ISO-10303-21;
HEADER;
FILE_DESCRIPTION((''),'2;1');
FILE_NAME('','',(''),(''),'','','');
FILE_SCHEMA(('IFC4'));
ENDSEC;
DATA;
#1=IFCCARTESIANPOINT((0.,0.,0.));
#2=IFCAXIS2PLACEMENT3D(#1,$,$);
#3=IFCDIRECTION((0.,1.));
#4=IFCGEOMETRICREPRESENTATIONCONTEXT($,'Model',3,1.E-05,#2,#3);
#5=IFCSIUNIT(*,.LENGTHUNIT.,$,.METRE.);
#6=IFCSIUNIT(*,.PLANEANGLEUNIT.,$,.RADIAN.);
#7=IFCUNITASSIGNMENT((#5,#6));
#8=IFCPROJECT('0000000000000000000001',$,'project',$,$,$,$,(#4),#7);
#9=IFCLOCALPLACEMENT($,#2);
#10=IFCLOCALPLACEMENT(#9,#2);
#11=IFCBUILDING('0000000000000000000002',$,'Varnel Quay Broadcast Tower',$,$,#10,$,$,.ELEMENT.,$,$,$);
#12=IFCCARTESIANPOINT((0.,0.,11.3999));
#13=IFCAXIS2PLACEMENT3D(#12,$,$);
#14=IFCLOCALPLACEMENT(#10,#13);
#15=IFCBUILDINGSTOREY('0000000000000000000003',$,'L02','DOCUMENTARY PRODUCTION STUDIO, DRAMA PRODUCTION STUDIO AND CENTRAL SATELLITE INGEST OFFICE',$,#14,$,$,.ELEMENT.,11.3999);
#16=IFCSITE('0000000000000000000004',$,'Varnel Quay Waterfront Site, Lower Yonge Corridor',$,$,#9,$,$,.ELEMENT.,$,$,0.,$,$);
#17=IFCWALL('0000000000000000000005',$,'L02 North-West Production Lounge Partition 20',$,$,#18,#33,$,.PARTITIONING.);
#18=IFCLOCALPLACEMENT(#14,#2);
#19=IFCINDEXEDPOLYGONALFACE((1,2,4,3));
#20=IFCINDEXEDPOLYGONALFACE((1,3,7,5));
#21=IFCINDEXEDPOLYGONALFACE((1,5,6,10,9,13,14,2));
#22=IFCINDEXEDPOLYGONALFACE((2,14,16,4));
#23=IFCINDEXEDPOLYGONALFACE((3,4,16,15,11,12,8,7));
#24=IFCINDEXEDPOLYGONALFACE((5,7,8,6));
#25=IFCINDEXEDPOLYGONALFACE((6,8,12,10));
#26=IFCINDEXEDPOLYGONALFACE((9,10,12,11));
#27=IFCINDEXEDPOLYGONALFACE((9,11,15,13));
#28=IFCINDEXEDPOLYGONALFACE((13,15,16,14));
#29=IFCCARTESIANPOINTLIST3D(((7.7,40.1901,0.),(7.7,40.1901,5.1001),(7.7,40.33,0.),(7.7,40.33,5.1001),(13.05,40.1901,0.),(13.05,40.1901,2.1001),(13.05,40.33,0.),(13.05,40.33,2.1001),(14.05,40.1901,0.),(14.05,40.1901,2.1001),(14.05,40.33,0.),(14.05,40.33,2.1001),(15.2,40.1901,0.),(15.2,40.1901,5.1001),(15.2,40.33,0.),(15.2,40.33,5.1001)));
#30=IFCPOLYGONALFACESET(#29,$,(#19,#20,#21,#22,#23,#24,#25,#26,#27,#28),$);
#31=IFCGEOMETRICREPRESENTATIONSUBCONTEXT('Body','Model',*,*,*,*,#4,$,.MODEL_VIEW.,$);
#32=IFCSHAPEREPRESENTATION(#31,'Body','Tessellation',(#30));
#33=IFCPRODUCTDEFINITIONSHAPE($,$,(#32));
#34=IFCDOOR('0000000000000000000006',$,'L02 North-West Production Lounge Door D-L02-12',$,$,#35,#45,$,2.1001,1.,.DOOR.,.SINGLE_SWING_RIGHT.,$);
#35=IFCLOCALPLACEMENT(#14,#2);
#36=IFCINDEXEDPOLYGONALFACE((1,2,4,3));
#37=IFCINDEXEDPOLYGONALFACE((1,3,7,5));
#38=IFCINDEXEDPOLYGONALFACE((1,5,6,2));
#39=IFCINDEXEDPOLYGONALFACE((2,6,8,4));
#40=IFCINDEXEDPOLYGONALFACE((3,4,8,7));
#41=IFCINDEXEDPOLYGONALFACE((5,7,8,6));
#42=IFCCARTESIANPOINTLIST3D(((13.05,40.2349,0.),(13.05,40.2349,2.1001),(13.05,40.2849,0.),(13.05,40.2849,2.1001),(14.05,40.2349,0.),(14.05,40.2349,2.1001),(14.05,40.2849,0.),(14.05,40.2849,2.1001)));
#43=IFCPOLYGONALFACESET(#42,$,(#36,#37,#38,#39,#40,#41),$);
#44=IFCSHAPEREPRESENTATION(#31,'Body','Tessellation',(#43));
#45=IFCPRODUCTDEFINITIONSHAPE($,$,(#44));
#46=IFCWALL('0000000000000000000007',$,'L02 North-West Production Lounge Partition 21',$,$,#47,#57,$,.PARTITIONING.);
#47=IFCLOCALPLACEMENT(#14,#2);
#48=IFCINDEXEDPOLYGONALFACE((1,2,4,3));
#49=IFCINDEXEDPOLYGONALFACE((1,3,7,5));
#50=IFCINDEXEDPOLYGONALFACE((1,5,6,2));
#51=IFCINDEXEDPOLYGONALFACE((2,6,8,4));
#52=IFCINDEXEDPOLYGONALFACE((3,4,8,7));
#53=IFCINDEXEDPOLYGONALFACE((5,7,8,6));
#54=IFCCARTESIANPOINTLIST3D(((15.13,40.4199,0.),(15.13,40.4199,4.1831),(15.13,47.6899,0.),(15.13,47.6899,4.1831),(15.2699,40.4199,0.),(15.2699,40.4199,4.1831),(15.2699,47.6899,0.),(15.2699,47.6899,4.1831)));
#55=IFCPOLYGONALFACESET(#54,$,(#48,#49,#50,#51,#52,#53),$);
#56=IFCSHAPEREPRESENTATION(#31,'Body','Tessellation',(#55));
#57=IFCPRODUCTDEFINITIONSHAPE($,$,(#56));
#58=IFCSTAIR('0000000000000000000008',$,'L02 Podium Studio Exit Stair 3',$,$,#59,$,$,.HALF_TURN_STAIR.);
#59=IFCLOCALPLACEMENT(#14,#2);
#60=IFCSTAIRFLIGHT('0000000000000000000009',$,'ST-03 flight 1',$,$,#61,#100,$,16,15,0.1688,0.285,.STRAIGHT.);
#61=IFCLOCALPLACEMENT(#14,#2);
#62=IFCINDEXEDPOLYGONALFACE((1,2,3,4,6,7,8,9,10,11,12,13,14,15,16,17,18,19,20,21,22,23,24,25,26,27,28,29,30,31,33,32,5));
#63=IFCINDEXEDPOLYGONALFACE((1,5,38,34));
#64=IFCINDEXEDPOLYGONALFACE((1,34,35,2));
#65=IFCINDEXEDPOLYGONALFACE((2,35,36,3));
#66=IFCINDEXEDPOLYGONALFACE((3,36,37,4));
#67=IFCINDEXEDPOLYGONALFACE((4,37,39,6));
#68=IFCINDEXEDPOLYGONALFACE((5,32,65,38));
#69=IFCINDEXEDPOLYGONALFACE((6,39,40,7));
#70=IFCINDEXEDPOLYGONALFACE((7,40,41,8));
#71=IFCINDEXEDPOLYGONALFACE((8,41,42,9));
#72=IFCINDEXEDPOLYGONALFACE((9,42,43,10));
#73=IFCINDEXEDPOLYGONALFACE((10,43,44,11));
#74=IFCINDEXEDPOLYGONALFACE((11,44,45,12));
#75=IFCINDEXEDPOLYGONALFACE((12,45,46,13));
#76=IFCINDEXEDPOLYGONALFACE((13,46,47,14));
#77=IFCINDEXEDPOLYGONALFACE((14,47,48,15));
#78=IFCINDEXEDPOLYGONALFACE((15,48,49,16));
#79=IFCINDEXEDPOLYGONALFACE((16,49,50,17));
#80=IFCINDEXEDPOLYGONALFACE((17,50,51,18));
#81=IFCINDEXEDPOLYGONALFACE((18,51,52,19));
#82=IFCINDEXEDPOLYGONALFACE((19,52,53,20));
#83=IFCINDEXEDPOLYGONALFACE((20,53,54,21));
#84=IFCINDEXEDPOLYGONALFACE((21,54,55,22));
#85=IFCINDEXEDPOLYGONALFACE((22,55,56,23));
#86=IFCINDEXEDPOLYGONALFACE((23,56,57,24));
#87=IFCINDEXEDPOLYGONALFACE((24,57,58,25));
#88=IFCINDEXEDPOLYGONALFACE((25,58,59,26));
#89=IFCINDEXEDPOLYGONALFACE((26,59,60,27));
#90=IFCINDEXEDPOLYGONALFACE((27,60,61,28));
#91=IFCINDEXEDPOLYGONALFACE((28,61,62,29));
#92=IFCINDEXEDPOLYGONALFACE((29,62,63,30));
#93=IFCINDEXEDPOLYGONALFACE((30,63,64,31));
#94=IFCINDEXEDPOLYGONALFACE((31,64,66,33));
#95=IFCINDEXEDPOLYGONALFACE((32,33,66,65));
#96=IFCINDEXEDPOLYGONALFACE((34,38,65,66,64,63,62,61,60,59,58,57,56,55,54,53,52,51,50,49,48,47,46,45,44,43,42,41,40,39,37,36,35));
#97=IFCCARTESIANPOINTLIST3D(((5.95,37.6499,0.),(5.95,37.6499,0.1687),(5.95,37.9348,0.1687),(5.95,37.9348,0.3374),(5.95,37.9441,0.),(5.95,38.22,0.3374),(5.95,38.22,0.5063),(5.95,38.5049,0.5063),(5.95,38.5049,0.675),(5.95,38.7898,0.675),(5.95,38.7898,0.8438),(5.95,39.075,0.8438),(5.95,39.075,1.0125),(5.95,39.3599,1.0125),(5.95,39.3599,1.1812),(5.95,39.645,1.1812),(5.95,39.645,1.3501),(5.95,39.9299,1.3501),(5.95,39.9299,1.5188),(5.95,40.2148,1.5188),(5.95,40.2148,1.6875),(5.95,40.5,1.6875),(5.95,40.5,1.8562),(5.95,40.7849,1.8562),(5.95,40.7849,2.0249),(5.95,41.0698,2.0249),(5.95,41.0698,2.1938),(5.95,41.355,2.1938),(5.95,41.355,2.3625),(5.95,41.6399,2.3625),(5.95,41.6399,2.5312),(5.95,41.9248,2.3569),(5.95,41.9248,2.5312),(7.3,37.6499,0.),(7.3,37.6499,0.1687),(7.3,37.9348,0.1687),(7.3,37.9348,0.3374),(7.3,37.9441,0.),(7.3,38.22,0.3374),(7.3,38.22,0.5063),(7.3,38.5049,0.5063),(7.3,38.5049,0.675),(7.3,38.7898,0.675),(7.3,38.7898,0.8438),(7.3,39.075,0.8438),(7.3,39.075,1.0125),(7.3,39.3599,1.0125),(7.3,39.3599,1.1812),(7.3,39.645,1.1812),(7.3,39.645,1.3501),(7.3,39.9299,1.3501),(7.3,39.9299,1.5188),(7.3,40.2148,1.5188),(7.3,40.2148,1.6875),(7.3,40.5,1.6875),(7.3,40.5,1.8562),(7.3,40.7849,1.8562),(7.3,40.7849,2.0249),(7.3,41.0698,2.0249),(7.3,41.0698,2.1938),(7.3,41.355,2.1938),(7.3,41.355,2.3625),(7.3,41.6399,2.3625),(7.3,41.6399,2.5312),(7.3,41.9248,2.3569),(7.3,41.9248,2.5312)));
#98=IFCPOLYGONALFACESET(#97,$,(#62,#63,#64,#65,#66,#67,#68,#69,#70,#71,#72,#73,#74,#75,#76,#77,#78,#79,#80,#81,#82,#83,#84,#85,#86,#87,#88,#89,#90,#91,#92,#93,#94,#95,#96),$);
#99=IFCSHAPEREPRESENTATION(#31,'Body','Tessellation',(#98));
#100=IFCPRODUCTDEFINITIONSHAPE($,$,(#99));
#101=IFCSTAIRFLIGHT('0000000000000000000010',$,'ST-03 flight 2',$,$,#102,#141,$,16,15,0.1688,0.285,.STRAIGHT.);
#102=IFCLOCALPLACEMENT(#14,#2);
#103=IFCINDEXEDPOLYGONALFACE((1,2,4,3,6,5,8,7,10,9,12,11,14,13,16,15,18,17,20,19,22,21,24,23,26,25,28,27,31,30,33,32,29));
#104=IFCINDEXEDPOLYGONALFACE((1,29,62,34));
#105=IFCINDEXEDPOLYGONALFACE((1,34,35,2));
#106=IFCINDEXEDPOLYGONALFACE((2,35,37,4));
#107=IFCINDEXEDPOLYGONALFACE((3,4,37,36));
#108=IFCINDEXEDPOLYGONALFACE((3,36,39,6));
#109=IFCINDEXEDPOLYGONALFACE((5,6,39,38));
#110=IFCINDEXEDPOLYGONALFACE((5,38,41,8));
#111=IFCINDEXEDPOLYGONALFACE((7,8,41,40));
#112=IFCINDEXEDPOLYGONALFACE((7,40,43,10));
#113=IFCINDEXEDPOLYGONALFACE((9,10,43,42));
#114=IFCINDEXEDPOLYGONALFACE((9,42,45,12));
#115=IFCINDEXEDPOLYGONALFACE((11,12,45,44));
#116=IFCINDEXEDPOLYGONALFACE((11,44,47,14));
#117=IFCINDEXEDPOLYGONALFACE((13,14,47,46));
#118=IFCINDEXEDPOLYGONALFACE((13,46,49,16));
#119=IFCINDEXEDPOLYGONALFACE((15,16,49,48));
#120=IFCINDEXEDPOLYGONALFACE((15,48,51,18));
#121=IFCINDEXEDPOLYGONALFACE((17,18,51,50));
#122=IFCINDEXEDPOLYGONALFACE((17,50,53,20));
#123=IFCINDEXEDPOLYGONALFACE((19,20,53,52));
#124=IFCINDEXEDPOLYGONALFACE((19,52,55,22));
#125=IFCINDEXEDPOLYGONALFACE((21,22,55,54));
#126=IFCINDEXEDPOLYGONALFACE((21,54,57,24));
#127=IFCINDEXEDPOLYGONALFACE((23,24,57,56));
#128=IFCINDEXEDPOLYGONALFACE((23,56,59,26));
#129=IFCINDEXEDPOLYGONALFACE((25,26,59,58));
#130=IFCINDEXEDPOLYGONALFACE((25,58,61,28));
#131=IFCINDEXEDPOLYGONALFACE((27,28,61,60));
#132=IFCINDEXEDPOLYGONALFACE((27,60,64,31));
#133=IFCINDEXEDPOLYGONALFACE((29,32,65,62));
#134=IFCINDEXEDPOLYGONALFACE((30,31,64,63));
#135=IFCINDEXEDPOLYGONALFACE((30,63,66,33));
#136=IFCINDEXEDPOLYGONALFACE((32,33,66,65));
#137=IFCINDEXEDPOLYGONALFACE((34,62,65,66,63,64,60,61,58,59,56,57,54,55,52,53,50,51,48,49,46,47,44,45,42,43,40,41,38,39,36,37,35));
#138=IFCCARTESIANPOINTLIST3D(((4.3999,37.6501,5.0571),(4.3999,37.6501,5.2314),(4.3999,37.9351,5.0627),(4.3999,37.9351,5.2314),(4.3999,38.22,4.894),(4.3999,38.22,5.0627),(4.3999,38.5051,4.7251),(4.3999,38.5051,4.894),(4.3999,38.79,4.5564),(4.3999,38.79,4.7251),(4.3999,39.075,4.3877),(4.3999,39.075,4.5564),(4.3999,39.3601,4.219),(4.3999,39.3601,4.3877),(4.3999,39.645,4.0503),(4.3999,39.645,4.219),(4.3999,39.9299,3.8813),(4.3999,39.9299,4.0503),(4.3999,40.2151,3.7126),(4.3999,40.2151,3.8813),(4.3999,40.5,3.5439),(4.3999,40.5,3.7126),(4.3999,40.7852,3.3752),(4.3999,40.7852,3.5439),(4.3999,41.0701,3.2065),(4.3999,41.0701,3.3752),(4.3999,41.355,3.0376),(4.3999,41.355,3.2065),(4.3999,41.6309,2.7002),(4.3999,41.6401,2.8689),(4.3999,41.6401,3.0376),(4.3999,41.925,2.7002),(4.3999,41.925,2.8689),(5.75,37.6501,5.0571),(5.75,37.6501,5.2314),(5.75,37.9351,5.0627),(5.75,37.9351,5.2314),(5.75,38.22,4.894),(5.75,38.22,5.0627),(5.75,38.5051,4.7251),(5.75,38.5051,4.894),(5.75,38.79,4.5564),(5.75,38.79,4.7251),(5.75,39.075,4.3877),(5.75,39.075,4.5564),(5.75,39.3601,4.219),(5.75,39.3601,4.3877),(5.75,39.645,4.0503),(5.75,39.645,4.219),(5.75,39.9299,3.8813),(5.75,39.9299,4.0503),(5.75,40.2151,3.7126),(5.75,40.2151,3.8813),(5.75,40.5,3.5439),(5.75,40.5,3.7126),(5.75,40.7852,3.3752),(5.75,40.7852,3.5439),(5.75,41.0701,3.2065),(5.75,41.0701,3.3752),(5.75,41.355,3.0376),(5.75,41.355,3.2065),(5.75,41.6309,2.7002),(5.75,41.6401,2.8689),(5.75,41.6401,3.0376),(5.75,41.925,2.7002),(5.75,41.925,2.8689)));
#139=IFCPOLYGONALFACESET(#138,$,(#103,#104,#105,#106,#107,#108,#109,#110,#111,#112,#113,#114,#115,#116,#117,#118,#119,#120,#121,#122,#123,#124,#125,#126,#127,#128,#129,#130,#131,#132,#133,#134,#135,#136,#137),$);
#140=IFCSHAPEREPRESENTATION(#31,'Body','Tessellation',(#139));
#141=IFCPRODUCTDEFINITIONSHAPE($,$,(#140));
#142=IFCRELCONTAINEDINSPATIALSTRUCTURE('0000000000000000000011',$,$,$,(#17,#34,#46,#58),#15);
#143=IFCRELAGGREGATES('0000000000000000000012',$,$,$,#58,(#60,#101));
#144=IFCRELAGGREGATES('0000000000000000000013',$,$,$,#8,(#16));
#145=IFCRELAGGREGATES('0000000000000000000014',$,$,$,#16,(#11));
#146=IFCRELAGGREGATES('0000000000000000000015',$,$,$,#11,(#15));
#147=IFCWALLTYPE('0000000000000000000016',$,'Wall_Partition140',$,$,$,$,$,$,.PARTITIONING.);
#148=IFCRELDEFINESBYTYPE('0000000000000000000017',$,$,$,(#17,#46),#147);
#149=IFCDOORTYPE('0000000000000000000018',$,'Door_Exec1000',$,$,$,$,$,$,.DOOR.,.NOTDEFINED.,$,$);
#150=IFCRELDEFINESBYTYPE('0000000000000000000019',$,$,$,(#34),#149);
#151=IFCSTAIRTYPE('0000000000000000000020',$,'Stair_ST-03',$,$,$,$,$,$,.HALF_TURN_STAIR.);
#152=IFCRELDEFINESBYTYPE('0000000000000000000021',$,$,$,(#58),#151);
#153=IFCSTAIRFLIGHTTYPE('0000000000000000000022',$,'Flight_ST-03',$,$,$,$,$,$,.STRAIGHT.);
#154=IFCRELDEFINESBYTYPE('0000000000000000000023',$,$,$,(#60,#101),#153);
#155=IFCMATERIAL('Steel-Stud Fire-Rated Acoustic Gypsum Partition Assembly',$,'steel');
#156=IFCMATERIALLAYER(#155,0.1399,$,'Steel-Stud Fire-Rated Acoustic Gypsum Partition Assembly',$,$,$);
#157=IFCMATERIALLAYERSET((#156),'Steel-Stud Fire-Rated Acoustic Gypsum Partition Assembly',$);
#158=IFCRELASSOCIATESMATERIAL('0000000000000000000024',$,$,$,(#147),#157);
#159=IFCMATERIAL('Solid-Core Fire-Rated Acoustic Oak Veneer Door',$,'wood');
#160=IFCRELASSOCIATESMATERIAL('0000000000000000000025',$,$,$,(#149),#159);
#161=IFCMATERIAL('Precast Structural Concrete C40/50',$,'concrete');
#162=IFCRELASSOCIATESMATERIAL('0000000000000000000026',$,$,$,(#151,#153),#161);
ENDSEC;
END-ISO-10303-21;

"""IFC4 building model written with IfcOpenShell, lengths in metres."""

from ifc_helpers import new_model, si_unit, direction, frame, frame_2d, origin, place, context, subcontext, project, spatial, polyline, rectangle, outline, extrude, source, transform, mapped, material, layer, layer_set, type_object, type_shapes, element, fill, aggregate, save


model = new_model("IFC4")

# Units and contexts
model_context = context("Model", 3, precision=1e-05, world=origin(), true_north=direction((0.0, 1.0)))
body_context = subcontext(model_context, "Body", "Model", "MODEL_VIEW")
ifc_project = project(units=[si_unit("LENGTHUNIT", "METRE"), si_unit("PLANEANGLEUNIT", "RADIAN")], contexts=[model_context])

# Site, building, storey
site_placement = place(None, origin())
site = spatial("IfcSite", under=ifc_project, at=site_placement, Name="Varnel Quay Waterfront Site, Lower Yonge Corridor", CompositionType="ELEMENT", RefElevation=0.0)
building_placement = place(site_placement, origin())
building = spatial("IfcBuilding", under=site, at=building_placement, Name="Varnel Quay Broadcast Tower", CompositionType="ELEMENT")
storey_placement = place(building_placement, frame((0.0, 0.0, 11.3999)))
storey = spatial("IfcBuildingStorey", under=building, at=storey_placement, Name="L02", Description="DOCUMENTARY PRODUCTION STUDIO, DRAMA PRODUCTION STUDIO AND CENTRAL SATELLITE INGEST OFFICE", CompositionType="ELEMENT", Elevation=11.3999)

# Wall, opening, door
ifc_material_1 = material(Name="Steel-Stud Fire-Rated Acoustic Gypsum Partition Assembly", Category="steel")
ifc_layer_1 = layer(ifc_material_1, 0.1399, Name="Steel-Stud Fire-Rated Acoustic Gypsum Partition Assembly")
ifc_layer_set_1 = layer_set([ifc_layer_1], Name="Steel-Stud Fire-Rated Acoustic Gypsum Partition Assembly")
wall_type_1 = type_object("IfcWallType", Name="Wall_Partition140", PredefinedType="PARTITIONING", material=ifc_layer_set_1)
wall_1_placement = place(storey_placement, frame((7.7, 40.26, 0.0), z_axis=(0.0, 0.0, 1.0), x_axis=(1.0, 0.0, 0.0)))
wall_1 = element("IfcWall", 1, at=wall_1_placement, inside=storey, type_object=wall_type_1, Name="L02 North-West Production Lounge Partition 20", PredefinedType="PARTITIONING", context=body_context, shape_type="SweptSolid", body=[
    extrude(rectangle(XDim=7.5, YDim=0.1399, at=frame_2d((3.75, 0.0))), origin(), (0.0, 0.0, 1.0), 5.1001),
])
opening_1_placement = place(wall_1_placement, frame((5.3501, 0.0, 0.0)))
opening_1 = element("IfcOpeningElement", 2, at=opening_1_placement, cuts=wall_1, PredefinedType="OPENING", context=body_context, shape_type="SweptSolid", body=[
    extrude(rectangle(XDim=1.0, YDim=2.1001, at=frame_2d((0.5, 1.05))), frame((0.0, 0.0801, 0.0), z_axis=(0.0, -1.0, 0.0), x_axis=(1.0, 0.0, 0.0)), (0.0, 0.0, 1.0), 0.1599),
])
ifc_material_2 = material(Name="Solid-Core Fire-Rated Acoustic Oak Veneer Door", Category="wood")
door_type_1 = type_object("IfcDoorType", Name="Door_Exec1000", OperationType="NOTDEFINED", PredefinedType="DOOR", material=ifc_material_2)
shared_shape_1 = source(origin(), body_context, "Body", "SweptSolid", [
    extrude(rectangle(XDim=1.0, YDim=2.1001, at=frame_2d((0.5, 1.05))), frame((0.0, 0.0249, 0.0), z_axis=(0.0, -1.0, 0.0), x_axis=(1.0, 0.0, 0.0)), (0.0, 0.0, 1.0), 0.05),
])
type_shapes(door_type_1, [shared_shape_1])
door_1_placement = place(opening_1_placement, origin())
door_1 = element("IfcDoor", 3, at=door_1_placement, inside=storey, type_object=door_type_1, Name="L02 North-West Production Lounge Door D-L02-12", OperationType="SINGLE_SWING_RIGHT", OverallHeight=2.1001, OverallWidth=1.0, PredefinedType="DOOR", context=body_context, shape_type="MappedRepresentation", body=[
    mapped(shared_shape_1, transform((0.0, 0.0, 0.0), x_axis=(1.0, 0.0, 0.0), y_axis=(0.0, 1.0, 0.0), z_axis=(0.0, 0.0, 1.0), scale=1.0)),
])
fill(opening_1, door_1)

# Wall
wall_2_placement = place(storey_placement, frame((15.2, 40.4199, 0.0), z_axis=(0.0, 0.0, 1.0), x_axis=(0.0, 1.0, 0.0)))
element("IfcWall", 4, at=wall_2_placement, inside=storey, type_object=wall_type_1, Name="L02 North-West Production Lounge Partition 21", PredefinedType="PARTITIONING", context=body_context, shape_type="SweptSolid", body=[
    extrude(rectangle(XDim=7.27, YDim=0.1399, at=frame_2d((3.635, 0.0))), origin(), (0.0, 0.0, 1.0), 4.1831),
])

# Stair, stair flights
ifc_material_3 = material(Name="Precast Structural Concrete C40/50", Category="concrete")
stair_type = type_object("IfcStairType", Name="Stair_ST-03", PredefinedType="HALF_TURN_STAIR", material=ifc_material_3)
stair_placement = place(storey_placement, origin())
stair = element("IfcStair", 5, at=stair_placement, inside=storey, type_object=stair_type, Name="L02 Podium Studio Exit Stair 3", PredefinedType="HALF_TURN_STAIR")
stair_flight_type = type_object("IfcStairFlightType", Name="Flight_ST-03", PredefinedType="STRAIGHT", material=ifc_material_3)
stair_flight_1_placement = place(storey_placement, frame((6.625, 37.6499, 0.0), z_axis=(0.0, 0.0, 1.0), x_axis=(0.0, 1.0, 0.0)))
stair_flight_1 = element("IfcStairFlight", 6, at=stair_flight_1_placement, type_object=stair_flight_type, Name="ST-03 flight 1", NumberOfRisers=16, NumberOfTreads=15, PredefinedType="STRAIGHT", RiserHeight=0.1688, TreadLength=0.285, context=body_context, shape_type="SweptSolid", body=[
    extrude(outline(polyline([(0.0, 0.0), (0.0, 0.1687), (0.2849, 0.1687), (0.2849, 0.3374), (0.5701, 0.3374), (0.5701, 0.5063), (0.855, 0.5063), (0.855, 0.675), (1.1399, 0.675), (1.1399, 0.8438), (1.425, 0.8438), (1.425, 1.0125), (1.71, 1.0125), (1.71, 1.1812), (1.9951, 1.1812), (1.9951, 1.3501), (2.28, 1.3501), (2.28, 1.5188), (2.5649, 1.5188), (2.5649, 1.6875), (2.8501, 1.6875), (2.8501, 1.8562), (3.135, 1.8562), (3.135, 2.0249), (3.4199, 2.0249), (3.4199, 2.1938), (3.7051, 2.1938), (3.7051, 2.3625), (3.99, 2.3625), (3.99, 2.5312), (4.2749, 2.5312), (4.2749, 2.7), (4.2749, 2.3569), (0.2942, 0.0), (0.0, 0.0)])), frame((0.0, 0.675, 0.0), z_axis=(0.0, -1.0, 0.0), x_axis=(1.0, 0.0, 0.0)), (0.0, 0.0, 1.0), 1.3501),
])
stair_flight_2_placement = place(storey_placement, frame((5.075, 41.925, 2.7002), z_axis=(0.0, 0.0, 1.0), x_axis=(0.0, -1.0, 0.0)))
stair_flight_2 = element("IfcStairFlight", 7, at=stair_flight_2_placement, type_object=stair_flight_type, Name="ST-03 flight 2", NumberOfRisers=16, NumberOfTreads=15, PredefinedType="STRAIGHT", RiserHeight=0.1688, TreadLength=0.285, context=body_context, shape_type="SweptSolid", body=[
    extrude(outline(polyline([(0.0, 0.0), (0.0, 0.1687), (0.2849, 0.1687), (0.2849, 0.3374), (0.5701, 0.3374), (0.5701, 0.5063), (0.855, 0.5063), (0.855, 0.675), (1.1399, 0.675), (1.1399, 0.8438), (1.425, 0.8438), (1.425, 1.0125), (1.71, 1.0125), (1.71, 1.1812), (1.9951, 1.1812), (1.9951, 1.3501), (2.28, 1.3501), (2.28, 1.5188), (2.5649, 1.5188), (2.5649, 1.6875), (2.8501, 1.6875), (2.8501, 1.8562), (3.135, 1.8562), (3.135, 2.0249), (3.4199, 2.0249), (3.4199, 2.1938), (3.7051, 2.1938), (3.7051, 2.3625), (3.99, 2.3625), (3.99, 2.5312), (4.2749, 2.5312), (4.2749, 2.7), (4.2749, 2.3569), (0.2942, 0.0), (0.0, 0.0)])), frame((0.0, 0.675, 0.0), z_axis=(0.0, -1.0, 0.0), x_axis=(1.0, 0.0, 0.0)), (0.0, 0.0, 1.0), 1.3501),
])
aggregate(stair, [stair_flight_1, stair_flight_2])

save(model, "model.ifc")
